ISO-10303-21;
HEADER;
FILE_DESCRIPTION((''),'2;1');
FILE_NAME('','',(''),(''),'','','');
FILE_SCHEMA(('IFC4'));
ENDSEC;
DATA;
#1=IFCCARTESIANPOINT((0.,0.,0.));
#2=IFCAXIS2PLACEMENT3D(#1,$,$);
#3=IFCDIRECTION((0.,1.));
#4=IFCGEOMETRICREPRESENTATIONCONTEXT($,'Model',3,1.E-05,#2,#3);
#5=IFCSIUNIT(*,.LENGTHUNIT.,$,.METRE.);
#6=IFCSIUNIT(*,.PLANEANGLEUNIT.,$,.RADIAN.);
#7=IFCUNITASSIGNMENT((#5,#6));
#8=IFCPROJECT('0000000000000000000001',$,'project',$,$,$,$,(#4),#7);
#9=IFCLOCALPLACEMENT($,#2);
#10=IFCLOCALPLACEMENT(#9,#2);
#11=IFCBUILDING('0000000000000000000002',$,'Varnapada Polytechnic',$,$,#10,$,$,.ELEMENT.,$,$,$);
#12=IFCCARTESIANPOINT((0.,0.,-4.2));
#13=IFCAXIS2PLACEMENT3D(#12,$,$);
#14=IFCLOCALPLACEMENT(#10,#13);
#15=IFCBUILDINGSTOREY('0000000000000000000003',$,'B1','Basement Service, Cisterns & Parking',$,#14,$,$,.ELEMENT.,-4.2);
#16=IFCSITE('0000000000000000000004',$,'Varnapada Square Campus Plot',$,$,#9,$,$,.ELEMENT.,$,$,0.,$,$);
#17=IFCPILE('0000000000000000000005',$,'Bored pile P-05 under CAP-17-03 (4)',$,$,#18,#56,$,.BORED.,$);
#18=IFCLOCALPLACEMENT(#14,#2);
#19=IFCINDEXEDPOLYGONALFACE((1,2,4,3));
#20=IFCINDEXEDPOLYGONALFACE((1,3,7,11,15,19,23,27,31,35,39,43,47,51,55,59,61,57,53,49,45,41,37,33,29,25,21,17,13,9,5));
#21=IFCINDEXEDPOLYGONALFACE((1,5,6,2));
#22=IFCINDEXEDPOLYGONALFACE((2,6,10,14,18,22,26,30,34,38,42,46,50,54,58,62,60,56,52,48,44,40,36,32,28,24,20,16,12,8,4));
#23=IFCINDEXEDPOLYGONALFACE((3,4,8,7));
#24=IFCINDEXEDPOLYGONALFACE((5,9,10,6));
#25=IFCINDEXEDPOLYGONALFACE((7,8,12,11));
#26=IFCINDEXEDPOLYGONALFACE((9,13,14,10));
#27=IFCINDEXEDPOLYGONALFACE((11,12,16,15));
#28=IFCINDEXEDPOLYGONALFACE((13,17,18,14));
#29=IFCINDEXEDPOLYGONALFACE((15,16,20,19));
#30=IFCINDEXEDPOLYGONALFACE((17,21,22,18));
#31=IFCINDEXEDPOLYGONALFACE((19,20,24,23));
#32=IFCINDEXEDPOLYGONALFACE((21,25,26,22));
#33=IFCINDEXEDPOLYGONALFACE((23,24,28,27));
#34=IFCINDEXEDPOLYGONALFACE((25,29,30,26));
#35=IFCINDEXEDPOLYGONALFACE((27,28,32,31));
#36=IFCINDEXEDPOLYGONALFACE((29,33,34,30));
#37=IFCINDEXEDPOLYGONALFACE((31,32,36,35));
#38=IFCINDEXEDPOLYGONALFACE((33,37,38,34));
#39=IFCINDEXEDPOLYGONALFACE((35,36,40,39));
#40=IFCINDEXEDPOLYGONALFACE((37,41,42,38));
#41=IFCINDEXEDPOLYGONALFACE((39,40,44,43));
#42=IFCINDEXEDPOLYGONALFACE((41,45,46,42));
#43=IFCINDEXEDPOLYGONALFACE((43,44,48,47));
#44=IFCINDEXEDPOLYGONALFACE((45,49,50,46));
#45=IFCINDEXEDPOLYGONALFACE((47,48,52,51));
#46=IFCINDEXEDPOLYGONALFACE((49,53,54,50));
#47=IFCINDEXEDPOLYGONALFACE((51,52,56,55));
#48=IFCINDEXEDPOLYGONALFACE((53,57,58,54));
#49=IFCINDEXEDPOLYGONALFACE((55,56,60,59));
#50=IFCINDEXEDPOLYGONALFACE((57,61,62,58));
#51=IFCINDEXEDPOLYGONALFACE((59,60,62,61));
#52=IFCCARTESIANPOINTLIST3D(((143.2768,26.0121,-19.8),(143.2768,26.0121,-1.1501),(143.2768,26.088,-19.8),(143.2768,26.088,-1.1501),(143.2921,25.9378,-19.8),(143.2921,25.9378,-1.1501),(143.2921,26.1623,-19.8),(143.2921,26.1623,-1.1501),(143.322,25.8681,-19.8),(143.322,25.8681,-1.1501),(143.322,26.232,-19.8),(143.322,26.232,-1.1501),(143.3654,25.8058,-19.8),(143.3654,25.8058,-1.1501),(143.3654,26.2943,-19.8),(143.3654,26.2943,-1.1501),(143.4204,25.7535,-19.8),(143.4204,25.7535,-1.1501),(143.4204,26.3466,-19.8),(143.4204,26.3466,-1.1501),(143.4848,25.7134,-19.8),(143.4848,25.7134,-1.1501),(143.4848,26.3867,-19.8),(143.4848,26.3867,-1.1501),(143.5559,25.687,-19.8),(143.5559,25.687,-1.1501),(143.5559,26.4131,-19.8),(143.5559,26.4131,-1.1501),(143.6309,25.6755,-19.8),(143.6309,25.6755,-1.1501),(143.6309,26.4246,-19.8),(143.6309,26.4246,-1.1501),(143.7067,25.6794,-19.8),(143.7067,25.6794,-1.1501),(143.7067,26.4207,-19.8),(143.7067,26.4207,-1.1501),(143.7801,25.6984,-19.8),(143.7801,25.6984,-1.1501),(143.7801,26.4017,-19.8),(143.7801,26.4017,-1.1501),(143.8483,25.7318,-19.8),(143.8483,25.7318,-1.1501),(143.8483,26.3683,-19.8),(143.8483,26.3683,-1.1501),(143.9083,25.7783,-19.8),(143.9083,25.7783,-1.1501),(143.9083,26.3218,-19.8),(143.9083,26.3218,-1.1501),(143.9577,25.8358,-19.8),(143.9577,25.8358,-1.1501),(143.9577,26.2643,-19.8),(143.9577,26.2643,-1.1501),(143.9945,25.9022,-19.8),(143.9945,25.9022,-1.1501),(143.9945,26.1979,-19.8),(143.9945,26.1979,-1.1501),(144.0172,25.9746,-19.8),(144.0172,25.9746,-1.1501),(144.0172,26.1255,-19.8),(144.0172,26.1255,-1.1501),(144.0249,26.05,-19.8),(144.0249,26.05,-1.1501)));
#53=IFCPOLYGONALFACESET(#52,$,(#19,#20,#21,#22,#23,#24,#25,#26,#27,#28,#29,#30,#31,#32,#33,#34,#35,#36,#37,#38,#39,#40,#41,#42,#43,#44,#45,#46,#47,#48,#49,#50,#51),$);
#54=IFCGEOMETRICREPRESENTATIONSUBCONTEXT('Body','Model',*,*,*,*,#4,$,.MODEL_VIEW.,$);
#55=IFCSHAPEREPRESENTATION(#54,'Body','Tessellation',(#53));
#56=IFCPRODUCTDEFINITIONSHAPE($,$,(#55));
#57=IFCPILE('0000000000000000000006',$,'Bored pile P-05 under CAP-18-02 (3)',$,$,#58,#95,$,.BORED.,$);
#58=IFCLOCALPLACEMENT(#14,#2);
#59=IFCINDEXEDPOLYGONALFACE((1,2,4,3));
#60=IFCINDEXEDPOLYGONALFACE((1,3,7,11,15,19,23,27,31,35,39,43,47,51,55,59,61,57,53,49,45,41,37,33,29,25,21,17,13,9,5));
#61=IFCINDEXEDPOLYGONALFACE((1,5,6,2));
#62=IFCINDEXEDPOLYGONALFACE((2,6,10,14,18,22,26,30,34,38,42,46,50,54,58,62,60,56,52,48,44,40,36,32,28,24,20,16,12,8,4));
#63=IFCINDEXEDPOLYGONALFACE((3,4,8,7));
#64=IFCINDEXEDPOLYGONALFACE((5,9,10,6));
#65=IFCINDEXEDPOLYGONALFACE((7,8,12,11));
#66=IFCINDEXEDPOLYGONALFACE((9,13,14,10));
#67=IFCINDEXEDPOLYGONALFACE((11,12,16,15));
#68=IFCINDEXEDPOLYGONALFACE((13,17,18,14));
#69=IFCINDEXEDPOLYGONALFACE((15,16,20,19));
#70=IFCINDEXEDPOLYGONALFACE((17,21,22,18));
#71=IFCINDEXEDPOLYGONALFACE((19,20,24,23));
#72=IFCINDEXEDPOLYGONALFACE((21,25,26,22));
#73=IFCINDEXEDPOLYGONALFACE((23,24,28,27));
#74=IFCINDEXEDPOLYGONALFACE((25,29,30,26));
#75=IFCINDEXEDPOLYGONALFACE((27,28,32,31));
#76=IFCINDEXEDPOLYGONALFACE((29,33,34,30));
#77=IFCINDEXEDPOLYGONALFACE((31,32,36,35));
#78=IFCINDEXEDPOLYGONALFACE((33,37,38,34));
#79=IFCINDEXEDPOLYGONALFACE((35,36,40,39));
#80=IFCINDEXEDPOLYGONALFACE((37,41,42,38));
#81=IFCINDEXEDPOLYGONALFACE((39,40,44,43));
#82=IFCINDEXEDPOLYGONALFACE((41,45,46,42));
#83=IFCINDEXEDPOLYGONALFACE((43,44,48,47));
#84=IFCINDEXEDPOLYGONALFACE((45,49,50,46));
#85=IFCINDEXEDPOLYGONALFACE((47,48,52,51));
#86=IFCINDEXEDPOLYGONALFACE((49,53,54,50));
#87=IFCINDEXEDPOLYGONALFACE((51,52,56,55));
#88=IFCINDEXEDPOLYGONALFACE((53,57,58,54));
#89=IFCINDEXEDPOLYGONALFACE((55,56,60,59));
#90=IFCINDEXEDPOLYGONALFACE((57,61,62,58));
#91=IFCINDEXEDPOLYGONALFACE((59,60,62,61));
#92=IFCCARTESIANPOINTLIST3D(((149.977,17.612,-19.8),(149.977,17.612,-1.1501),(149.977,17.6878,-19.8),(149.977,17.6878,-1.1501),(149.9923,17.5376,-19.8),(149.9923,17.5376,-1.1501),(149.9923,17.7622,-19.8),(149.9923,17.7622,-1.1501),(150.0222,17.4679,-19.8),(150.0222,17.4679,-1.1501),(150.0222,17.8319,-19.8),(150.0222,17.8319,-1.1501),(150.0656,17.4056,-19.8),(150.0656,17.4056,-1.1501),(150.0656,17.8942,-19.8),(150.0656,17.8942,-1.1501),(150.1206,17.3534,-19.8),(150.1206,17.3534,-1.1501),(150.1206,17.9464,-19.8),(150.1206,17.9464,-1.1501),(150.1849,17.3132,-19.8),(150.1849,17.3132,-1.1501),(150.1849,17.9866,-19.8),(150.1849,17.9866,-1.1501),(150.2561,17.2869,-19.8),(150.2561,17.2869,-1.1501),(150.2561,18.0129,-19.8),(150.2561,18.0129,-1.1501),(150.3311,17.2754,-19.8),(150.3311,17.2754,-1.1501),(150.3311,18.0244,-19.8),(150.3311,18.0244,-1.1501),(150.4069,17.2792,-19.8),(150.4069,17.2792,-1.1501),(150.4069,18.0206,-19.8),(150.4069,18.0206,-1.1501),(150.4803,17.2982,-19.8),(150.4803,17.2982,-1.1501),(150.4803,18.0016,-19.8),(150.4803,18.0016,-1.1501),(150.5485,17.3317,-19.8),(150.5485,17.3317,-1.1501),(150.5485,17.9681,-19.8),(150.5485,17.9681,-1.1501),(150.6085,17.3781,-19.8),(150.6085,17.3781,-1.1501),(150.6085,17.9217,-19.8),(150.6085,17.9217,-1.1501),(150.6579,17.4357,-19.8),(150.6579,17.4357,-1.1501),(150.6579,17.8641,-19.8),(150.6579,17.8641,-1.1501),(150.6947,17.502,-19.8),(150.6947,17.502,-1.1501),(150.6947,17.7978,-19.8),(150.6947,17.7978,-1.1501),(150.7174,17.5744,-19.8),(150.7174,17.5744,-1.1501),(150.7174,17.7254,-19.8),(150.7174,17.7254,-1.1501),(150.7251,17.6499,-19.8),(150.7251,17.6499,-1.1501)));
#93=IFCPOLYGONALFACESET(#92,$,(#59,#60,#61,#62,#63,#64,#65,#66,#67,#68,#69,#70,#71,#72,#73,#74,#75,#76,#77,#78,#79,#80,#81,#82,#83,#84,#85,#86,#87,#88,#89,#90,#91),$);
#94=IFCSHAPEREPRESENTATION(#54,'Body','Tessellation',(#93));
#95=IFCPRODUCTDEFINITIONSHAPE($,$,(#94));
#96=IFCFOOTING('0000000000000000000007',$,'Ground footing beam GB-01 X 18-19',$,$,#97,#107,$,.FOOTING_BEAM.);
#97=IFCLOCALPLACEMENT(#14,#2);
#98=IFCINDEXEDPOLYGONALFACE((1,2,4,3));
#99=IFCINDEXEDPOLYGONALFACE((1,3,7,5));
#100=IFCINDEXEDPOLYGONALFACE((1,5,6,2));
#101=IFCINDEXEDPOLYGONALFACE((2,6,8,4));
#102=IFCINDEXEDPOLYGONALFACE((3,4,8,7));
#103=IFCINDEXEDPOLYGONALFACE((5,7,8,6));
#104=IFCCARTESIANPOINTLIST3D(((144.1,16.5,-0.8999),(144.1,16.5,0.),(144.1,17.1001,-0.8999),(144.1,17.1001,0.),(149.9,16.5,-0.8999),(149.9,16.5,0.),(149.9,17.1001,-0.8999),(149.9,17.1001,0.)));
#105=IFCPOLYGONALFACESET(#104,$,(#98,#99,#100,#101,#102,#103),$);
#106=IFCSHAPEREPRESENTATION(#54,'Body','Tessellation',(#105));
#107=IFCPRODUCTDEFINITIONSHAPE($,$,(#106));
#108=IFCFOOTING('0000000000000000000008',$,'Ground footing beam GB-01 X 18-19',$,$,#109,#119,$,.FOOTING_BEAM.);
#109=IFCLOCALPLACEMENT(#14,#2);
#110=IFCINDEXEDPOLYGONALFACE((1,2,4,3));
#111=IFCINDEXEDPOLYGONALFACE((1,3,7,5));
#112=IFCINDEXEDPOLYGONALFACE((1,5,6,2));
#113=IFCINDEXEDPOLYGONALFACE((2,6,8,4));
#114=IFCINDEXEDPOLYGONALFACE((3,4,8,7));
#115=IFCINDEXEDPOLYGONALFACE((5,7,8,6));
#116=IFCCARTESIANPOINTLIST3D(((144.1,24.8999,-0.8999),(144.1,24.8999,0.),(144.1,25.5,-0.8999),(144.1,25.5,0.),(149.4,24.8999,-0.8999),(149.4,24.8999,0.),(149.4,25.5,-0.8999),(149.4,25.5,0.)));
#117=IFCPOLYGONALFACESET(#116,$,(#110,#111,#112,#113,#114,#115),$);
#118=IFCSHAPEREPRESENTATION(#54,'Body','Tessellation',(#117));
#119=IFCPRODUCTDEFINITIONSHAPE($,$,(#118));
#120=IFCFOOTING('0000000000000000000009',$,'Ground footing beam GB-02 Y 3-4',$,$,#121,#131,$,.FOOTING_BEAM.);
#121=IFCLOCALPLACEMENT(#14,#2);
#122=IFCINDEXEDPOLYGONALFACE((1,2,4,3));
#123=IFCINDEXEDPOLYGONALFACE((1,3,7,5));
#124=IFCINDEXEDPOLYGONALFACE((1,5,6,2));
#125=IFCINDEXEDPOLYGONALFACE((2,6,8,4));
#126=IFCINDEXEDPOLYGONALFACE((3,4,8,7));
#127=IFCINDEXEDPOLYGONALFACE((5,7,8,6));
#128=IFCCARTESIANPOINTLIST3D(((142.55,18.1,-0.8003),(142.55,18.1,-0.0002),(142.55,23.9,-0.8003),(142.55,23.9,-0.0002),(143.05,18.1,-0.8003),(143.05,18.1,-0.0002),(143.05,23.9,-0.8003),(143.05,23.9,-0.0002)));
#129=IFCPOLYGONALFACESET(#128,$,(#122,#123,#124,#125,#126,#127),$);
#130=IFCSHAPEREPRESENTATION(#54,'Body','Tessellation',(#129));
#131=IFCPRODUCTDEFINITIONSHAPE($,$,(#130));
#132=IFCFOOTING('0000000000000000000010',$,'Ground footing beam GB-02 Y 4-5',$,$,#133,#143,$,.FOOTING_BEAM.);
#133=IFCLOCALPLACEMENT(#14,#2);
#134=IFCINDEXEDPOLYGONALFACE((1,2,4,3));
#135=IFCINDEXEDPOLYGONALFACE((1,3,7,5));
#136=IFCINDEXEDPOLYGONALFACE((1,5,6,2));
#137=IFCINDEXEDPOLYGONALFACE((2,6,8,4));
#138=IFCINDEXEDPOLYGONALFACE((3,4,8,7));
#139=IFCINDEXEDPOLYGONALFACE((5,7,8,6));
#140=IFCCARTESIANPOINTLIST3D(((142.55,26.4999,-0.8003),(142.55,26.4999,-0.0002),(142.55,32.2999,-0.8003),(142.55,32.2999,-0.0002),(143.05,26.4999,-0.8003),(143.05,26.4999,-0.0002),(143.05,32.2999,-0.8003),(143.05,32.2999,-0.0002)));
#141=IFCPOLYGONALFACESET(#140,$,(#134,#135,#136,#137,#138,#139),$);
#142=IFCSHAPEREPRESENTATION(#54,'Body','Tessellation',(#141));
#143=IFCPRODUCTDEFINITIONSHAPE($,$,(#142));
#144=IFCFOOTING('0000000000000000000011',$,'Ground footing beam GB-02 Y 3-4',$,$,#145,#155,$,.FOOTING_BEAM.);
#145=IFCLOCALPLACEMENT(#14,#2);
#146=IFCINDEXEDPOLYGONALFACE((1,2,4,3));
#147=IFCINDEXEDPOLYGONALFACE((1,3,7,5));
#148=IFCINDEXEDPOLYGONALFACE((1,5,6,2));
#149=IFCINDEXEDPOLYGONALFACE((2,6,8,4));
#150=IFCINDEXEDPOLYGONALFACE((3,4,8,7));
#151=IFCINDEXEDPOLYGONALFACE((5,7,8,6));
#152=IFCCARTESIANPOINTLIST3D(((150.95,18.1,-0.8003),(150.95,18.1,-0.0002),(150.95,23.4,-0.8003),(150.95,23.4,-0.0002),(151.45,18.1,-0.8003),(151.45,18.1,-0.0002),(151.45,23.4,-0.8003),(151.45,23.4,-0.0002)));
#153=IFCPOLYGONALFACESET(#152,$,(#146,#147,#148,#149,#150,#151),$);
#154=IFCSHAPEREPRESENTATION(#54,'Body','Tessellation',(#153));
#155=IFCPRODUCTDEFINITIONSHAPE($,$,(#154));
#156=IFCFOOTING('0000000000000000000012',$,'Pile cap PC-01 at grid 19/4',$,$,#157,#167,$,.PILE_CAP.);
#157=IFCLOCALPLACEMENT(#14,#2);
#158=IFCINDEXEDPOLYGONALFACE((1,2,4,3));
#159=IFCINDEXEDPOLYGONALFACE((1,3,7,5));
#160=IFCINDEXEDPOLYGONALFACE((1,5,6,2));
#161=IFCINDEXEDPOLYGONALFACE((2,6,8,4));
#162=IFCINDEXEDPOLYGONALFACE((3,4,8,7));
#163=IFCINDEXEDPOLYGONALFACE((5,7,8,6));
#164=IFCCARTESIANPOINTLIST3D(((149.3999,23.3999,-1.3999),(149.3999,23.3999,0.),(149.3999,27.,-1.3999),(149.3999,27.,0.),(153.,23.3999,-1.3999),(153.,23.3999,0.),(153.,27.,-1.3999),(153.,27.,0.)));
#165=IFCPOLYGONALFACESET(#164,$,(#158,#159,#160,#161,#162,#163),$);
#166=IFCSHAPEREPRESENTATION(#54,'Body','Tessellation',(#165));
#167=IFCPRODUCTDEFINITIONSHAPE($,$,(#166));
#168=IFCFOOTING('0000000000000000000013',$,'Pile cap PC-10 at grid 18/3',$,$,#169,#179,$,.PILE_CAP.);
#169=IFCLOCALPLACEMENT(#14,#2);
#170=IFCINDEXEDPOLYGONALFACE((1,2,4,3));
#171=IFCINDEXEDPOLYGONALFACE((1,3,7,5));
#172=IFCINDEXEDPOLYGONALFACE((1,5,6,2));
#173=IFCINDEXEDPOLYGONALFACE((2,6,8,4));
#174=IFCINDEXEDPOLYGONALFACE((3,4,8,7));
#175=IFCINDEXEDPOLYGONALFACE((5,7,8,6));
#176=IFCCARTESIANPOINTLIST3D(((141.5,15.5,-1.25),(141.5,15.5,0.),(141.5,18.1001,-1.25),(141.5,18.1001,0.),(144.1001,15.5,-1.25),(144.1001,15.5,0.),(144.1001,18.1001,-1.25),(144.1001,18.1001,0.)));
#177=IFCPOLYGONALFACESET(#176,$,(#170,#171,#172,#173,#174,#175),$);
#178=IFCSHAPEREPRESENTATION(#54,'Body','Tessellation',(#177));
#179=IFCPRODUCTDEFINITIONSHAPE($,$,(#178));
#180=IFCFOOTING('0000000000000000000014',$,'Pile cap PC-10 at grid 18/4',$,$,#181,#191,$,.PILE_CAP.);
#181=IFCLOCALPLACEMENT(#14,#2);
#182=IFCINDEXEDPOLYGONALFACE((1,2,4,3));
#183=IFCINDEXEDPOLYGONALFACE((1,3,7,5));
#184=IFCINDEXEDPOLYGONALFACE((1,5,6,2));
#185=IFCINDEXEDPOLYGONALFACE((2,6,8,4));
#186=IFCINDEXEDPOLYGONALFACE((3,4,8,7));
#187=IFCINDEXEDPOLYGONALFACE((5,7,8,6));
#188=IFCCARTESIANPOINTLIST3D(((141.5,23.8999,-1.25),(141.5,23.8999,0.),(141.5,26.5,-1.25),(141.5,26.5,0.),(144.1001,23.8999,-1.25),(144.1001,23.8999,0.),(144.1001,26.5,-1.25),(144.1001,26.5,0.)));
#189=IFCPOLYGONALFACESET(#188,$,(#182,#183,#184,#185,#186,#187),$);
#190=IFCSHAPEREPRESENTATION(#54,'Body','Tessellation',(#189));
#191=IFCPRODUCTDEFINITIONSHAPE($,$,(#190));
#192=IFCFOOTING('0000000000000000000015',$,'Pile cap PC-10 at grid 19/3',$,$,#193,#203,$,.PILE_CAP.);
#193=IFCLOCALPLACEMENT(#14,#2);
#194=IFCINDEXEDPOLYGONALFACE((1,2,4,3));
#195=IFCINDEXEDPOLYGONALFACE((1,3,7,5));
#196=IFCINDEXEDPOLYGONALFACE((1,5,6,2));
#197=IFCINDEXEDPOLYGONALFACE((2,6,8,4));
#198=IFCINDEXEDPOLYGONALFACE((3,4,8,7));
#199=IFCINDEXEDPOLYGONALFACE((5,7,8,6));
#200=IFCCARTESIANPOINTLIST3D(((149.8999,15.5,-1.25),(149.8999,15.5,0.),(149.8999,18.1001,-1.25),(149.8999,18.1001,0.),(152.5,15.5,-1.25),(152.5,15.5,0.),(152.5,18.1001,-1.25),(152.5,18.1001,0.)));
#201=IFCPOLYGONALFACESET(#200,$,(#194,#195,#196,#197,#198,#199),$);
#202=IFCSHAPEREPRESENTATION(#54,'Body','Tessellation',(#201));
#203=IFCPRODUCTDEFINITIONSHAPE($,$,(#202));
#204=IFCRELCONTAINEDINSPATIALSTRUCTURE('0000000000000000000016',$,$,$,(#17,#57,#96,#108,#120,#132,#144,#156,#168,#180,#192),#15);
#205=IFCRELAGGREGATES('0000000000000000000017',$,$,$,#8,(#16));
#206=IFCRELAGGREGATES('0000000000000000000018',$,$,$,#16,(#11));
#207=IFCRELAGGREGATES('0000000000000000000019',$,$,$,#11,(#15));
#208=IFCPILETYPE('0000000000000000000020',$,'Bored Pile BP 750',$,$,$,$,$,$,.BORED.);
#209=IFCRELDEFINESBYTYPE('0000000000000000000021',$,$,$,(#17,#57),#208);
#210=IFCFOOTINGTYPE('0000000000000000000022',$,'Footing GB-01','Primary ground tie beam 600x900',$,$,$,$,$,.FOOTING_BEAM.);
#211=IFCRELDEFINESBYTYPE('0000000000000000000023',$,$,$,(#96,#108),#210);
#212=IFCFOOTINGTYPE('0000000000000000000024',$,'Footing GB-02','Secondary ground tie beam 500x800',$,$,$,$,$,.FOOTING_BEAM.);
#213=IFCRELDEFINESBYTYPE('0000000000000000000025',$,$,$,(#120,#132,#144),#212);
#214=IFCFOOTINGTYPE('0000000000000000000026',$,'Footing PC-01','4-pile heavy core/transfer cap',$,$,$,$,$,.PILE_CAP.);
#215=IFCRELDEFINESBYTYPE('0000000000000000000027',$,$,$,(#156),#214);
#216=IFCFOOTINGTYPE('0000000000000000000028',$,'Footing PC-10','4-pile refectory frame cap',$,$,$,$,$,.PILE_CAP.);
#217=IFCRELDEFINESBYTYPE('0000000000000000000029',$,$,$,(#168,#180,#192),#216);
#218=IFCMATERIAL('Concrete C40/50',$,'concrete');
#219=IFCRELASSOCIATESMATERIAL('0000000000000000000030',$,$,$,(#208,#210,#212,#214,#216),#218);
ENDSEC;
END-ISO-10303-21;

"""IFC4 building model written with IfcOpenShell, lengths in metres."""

from ifc_helpers import new_model, si_unit, direction, frame, origin, origin_2d, place, context, subcontext, project, spatial, rectangle, circle, extrude, material, material_profile, profile_set, type_object, element, save


model = new_model("IFC4")

# Units and contexts
model_context = context("Model", 3, precision=1e-05, world=origin(), true_north=direction((0.0, 1.0)))
body_context = subcontext(model_context, "Body", "Model", "MODEL_VIEW")
ifc_project = project(units=[si_unit("LENGTHUNIT", "METRE"), si_unit("PLANEANGLEUNIT", "RADIAN")], contexts=[model_context])

# Site, building, storey
site_placement = place(None, origin())
site = spatial("IfcSite", under=ifc_project, at=site_placement, Name="Varnapada Square Campus Plot", CompositionType="ELEMENT", RefElevation=0.0)
building_placement = place(site_placement, origin())
building = spatial("IfcBuilding", under=site, at=building_placement, Name="Varnapada Polytechnic", CompositionType="ELEMENT")
storey_placement = place(building_placement, frame((0.0, 0.0, -4.2)))
storey = spatial("IfcBuildingStorey", under=building, at=storey_placement, Name="B1", Description="Basement Service, Cisterns & Parking", CompositionType="ELEMENT", Elevation=-4.2)

# Piles
ifc_material_1 = material(Name="Concrete C40/50", Category="concrete")
ifc_material_profile_1 = material_profile(ifc_material_1, circle(Radius=0.375, at=origin_2d()), Name="BP 750")
ifc_profile_set_1 = profile_set([ifc_material_profile_1], Name="Concrete C40/50")
pile_type_1 = type_object("IfcPileType", Name="Bored Pile BP 750", PredefinedType="BORED", material=ifc_profile_set_1)
for number, where, z_axis, x_axis, name in (
    (1, (143.6499, 26.05, -1.1501), (0.0, 0.0, -1.0), (1.0, 0.0, 0.0), "Bored pile P-05 under CAP-17-03 (4)"),
    (2, (150.3501, 17.6499, -1.1501), (0.0, 0.0, -1.0), (1.0, 0.0, 0.0), "Bored pile P-05 under CAP-18-02 (3)"),
):
    element("IfcPile", number, at=place(storey_placement, frame(where, z_axis=z_axis, x_axis=x_axis)), inside=storey, type_object=pile_type_1, Name=name, PredefinedType="BORED", context=body_context, shape_type="SweptSolid", body=[
        extrude(circle(Radius=0.375, at=origin_2d()), origin(), (0.0, 0.0, 1.0), 18.6499),
    ])

# Footings
footing_type_1 = type_object("IfcFootingType", Name="Footing GB-01", Description="Primary ground tie beam 600x900", PredefinedType="FOOTING_BEAM", material=ifc_material_1)
footing_1_placement = place(storey_placement, frame((147.0, 16.8, -0.8999), z_axis=(0.0, 0.0, 1.0), x_axis=(1.0, 0.0, 0.0)))
element("IfcFooting", 3, at=footing_1_placement, inside=storey, type_object=footing_type_1, Name="Ground footing beam GB-01 X 18-19", PredefinedType="FOOTING_BEAM", context=body_context, shape_type="SweptSolid", body=[
    extrude(rectangle(XDim=5.8, YDim=0.6001, at=origin_2d()), origin(), (0.0, 0.0, 1.0), 0.8999),
])
footing_2_placement = place(storey_placement, frame((146.75, 25.2, -0.8999), z_axis=(0.0, 0.0, 1.0), x_axis=(1.0, 0.0, 0.0)))
element("IfcFooting", 4, at=footing_2_placement, inside=storey, type_object=footing_type_1, Name="Ground footing beam GB-01 X 18-19", PredefinedType="FOOTING_BEAM", context=body_context, shape_type="SweptSolid", body=[
    extrude(rectangle(XDim=5.3, YDim=0.6001, at=origin_2d()), origin(), (0.0, 0.0, 1.0), 0.8999),
])
footing_type_2 = type_object("IfcFootingType", Name="Footing GB-02", Description="Secondary ground tie beam 500x800", PredefinedType="FOOTING_BEAM", material=ifc_material_1)
for number, where, z_axis, x_axis, name in (
    (5, (142.8, 21.0, -0.8003), (0.0, 0.0, 1.0), (0.0, 1.0, 0.0), "Ground footing beam GB-02 Y 3-4"),
    (6, (142.8, 29.3999, -0.8003), (0.0, 0.0, 1.0), (0.0, 1.0, 0.0), "Ground footing beam GB-02 Y 4-5"),
):
    element("IfcFooting", number, at=place(storey_placement, frame(where, z_axis=z_axis, x_axis=x_axis)), inside=storey, type_object=footing_type_2, Name=name, PredefinedType="FOOTING_BEAM", context=body_context, shape_type="SweptSolid", body=[
        extrude(rectangle(XDim=5.8, YDim=0.5, at=origin_2d()), origin(), (0.0, 0.0, 1.0), 0.8),
    ])
footing_3_placement = place(storey_placement, frame((151.2, 20.75, -0.8003), z_axis=(0.0, 0.0, 1.0), x_axis=(0.0, 1.0, 0.0)))
element("IfcFooting", 7, at=footing_3_placement, inside=storey, type_object=footing_type_2, Name="Ground footing beam GB-02 Y 3-4", PredefinedType="FOOTING_BEAM", context=body_context, shape_type="SweptSolid", body=[
    extrude(rectangle(XDim=5.3, YDim=0.5, at=origin_2d()), origin(), (0.0, 0.0, 1.0), 0.8),
])
footing_type_3 = type_object("IfcFootingType", Name="Footing PC-01", Description="4-pile heavy core/transfer cap", PredefinedType="PILE_CAP", material=ifc_material_1)
footing_4_placement = place(storey_placement, frame((151.2, 25.2, -1.3999), z_axis=(0.0, 0.0, 1.0), x_axis=(1.0, 0.0, 0.0)))
element("IfcFooting", 8, at=footing_4_placement, inside=storey, type_object=footing_type_3, Name="Pile cap PC-01 at grid 19/4", PredefinedType="PILE_CAP", context=body_context, shape_type="SweptSolid", body=[
    extrude(rectangle(XDim=3.6001, YDim=3.6001, at=origin_2d()), origin(), (0.0, 0.0, 1.0), 1.3999),
])
footing_type_4 = type_object("IfcFootingType", Name="Footing PC-10", Description="4-pile refectory frame cap", PredefinedType="PILE_CAP", material=ifc_material_1)
for number, where, z_axis, x_axis, name in (
    (9, (142.8, 16.8, -1.25), (0.0, 0.0, 1.0), (1.0, 0.0, 0.0), "Pile cap PC-10 at grid 18/3"),
    (10, (142.8, 25.2, -1.25), (0.0, 0.0, 1.0), (1.0, 0.0, 0.0), "Pile cap PC-10 at grid 18/4"),
    (11, (151.2, 16.8, -1.25), (0.0, 0.0, 1.0), (1.0, 0.0, 0.0), "Pile cap PC-10 at grid 19/3"),
):
    element("IfcFooting", number, at=place(storey_placement, frame(where, z_axis=z_axis, x_axis=x_axis)), inside=storey, type_object=footing_type_4, Name=name, PredefinedType="PILE_CAP", context=body_context, shape_type="SweptSolid", body=[
        extrude(rectangle(XDim=2.6001, YDim=2.6001, at=origin_2d()), origin(), (0.0, 0.0, 1.0), 1.25),
    ])

save(model, "model.ifc")
